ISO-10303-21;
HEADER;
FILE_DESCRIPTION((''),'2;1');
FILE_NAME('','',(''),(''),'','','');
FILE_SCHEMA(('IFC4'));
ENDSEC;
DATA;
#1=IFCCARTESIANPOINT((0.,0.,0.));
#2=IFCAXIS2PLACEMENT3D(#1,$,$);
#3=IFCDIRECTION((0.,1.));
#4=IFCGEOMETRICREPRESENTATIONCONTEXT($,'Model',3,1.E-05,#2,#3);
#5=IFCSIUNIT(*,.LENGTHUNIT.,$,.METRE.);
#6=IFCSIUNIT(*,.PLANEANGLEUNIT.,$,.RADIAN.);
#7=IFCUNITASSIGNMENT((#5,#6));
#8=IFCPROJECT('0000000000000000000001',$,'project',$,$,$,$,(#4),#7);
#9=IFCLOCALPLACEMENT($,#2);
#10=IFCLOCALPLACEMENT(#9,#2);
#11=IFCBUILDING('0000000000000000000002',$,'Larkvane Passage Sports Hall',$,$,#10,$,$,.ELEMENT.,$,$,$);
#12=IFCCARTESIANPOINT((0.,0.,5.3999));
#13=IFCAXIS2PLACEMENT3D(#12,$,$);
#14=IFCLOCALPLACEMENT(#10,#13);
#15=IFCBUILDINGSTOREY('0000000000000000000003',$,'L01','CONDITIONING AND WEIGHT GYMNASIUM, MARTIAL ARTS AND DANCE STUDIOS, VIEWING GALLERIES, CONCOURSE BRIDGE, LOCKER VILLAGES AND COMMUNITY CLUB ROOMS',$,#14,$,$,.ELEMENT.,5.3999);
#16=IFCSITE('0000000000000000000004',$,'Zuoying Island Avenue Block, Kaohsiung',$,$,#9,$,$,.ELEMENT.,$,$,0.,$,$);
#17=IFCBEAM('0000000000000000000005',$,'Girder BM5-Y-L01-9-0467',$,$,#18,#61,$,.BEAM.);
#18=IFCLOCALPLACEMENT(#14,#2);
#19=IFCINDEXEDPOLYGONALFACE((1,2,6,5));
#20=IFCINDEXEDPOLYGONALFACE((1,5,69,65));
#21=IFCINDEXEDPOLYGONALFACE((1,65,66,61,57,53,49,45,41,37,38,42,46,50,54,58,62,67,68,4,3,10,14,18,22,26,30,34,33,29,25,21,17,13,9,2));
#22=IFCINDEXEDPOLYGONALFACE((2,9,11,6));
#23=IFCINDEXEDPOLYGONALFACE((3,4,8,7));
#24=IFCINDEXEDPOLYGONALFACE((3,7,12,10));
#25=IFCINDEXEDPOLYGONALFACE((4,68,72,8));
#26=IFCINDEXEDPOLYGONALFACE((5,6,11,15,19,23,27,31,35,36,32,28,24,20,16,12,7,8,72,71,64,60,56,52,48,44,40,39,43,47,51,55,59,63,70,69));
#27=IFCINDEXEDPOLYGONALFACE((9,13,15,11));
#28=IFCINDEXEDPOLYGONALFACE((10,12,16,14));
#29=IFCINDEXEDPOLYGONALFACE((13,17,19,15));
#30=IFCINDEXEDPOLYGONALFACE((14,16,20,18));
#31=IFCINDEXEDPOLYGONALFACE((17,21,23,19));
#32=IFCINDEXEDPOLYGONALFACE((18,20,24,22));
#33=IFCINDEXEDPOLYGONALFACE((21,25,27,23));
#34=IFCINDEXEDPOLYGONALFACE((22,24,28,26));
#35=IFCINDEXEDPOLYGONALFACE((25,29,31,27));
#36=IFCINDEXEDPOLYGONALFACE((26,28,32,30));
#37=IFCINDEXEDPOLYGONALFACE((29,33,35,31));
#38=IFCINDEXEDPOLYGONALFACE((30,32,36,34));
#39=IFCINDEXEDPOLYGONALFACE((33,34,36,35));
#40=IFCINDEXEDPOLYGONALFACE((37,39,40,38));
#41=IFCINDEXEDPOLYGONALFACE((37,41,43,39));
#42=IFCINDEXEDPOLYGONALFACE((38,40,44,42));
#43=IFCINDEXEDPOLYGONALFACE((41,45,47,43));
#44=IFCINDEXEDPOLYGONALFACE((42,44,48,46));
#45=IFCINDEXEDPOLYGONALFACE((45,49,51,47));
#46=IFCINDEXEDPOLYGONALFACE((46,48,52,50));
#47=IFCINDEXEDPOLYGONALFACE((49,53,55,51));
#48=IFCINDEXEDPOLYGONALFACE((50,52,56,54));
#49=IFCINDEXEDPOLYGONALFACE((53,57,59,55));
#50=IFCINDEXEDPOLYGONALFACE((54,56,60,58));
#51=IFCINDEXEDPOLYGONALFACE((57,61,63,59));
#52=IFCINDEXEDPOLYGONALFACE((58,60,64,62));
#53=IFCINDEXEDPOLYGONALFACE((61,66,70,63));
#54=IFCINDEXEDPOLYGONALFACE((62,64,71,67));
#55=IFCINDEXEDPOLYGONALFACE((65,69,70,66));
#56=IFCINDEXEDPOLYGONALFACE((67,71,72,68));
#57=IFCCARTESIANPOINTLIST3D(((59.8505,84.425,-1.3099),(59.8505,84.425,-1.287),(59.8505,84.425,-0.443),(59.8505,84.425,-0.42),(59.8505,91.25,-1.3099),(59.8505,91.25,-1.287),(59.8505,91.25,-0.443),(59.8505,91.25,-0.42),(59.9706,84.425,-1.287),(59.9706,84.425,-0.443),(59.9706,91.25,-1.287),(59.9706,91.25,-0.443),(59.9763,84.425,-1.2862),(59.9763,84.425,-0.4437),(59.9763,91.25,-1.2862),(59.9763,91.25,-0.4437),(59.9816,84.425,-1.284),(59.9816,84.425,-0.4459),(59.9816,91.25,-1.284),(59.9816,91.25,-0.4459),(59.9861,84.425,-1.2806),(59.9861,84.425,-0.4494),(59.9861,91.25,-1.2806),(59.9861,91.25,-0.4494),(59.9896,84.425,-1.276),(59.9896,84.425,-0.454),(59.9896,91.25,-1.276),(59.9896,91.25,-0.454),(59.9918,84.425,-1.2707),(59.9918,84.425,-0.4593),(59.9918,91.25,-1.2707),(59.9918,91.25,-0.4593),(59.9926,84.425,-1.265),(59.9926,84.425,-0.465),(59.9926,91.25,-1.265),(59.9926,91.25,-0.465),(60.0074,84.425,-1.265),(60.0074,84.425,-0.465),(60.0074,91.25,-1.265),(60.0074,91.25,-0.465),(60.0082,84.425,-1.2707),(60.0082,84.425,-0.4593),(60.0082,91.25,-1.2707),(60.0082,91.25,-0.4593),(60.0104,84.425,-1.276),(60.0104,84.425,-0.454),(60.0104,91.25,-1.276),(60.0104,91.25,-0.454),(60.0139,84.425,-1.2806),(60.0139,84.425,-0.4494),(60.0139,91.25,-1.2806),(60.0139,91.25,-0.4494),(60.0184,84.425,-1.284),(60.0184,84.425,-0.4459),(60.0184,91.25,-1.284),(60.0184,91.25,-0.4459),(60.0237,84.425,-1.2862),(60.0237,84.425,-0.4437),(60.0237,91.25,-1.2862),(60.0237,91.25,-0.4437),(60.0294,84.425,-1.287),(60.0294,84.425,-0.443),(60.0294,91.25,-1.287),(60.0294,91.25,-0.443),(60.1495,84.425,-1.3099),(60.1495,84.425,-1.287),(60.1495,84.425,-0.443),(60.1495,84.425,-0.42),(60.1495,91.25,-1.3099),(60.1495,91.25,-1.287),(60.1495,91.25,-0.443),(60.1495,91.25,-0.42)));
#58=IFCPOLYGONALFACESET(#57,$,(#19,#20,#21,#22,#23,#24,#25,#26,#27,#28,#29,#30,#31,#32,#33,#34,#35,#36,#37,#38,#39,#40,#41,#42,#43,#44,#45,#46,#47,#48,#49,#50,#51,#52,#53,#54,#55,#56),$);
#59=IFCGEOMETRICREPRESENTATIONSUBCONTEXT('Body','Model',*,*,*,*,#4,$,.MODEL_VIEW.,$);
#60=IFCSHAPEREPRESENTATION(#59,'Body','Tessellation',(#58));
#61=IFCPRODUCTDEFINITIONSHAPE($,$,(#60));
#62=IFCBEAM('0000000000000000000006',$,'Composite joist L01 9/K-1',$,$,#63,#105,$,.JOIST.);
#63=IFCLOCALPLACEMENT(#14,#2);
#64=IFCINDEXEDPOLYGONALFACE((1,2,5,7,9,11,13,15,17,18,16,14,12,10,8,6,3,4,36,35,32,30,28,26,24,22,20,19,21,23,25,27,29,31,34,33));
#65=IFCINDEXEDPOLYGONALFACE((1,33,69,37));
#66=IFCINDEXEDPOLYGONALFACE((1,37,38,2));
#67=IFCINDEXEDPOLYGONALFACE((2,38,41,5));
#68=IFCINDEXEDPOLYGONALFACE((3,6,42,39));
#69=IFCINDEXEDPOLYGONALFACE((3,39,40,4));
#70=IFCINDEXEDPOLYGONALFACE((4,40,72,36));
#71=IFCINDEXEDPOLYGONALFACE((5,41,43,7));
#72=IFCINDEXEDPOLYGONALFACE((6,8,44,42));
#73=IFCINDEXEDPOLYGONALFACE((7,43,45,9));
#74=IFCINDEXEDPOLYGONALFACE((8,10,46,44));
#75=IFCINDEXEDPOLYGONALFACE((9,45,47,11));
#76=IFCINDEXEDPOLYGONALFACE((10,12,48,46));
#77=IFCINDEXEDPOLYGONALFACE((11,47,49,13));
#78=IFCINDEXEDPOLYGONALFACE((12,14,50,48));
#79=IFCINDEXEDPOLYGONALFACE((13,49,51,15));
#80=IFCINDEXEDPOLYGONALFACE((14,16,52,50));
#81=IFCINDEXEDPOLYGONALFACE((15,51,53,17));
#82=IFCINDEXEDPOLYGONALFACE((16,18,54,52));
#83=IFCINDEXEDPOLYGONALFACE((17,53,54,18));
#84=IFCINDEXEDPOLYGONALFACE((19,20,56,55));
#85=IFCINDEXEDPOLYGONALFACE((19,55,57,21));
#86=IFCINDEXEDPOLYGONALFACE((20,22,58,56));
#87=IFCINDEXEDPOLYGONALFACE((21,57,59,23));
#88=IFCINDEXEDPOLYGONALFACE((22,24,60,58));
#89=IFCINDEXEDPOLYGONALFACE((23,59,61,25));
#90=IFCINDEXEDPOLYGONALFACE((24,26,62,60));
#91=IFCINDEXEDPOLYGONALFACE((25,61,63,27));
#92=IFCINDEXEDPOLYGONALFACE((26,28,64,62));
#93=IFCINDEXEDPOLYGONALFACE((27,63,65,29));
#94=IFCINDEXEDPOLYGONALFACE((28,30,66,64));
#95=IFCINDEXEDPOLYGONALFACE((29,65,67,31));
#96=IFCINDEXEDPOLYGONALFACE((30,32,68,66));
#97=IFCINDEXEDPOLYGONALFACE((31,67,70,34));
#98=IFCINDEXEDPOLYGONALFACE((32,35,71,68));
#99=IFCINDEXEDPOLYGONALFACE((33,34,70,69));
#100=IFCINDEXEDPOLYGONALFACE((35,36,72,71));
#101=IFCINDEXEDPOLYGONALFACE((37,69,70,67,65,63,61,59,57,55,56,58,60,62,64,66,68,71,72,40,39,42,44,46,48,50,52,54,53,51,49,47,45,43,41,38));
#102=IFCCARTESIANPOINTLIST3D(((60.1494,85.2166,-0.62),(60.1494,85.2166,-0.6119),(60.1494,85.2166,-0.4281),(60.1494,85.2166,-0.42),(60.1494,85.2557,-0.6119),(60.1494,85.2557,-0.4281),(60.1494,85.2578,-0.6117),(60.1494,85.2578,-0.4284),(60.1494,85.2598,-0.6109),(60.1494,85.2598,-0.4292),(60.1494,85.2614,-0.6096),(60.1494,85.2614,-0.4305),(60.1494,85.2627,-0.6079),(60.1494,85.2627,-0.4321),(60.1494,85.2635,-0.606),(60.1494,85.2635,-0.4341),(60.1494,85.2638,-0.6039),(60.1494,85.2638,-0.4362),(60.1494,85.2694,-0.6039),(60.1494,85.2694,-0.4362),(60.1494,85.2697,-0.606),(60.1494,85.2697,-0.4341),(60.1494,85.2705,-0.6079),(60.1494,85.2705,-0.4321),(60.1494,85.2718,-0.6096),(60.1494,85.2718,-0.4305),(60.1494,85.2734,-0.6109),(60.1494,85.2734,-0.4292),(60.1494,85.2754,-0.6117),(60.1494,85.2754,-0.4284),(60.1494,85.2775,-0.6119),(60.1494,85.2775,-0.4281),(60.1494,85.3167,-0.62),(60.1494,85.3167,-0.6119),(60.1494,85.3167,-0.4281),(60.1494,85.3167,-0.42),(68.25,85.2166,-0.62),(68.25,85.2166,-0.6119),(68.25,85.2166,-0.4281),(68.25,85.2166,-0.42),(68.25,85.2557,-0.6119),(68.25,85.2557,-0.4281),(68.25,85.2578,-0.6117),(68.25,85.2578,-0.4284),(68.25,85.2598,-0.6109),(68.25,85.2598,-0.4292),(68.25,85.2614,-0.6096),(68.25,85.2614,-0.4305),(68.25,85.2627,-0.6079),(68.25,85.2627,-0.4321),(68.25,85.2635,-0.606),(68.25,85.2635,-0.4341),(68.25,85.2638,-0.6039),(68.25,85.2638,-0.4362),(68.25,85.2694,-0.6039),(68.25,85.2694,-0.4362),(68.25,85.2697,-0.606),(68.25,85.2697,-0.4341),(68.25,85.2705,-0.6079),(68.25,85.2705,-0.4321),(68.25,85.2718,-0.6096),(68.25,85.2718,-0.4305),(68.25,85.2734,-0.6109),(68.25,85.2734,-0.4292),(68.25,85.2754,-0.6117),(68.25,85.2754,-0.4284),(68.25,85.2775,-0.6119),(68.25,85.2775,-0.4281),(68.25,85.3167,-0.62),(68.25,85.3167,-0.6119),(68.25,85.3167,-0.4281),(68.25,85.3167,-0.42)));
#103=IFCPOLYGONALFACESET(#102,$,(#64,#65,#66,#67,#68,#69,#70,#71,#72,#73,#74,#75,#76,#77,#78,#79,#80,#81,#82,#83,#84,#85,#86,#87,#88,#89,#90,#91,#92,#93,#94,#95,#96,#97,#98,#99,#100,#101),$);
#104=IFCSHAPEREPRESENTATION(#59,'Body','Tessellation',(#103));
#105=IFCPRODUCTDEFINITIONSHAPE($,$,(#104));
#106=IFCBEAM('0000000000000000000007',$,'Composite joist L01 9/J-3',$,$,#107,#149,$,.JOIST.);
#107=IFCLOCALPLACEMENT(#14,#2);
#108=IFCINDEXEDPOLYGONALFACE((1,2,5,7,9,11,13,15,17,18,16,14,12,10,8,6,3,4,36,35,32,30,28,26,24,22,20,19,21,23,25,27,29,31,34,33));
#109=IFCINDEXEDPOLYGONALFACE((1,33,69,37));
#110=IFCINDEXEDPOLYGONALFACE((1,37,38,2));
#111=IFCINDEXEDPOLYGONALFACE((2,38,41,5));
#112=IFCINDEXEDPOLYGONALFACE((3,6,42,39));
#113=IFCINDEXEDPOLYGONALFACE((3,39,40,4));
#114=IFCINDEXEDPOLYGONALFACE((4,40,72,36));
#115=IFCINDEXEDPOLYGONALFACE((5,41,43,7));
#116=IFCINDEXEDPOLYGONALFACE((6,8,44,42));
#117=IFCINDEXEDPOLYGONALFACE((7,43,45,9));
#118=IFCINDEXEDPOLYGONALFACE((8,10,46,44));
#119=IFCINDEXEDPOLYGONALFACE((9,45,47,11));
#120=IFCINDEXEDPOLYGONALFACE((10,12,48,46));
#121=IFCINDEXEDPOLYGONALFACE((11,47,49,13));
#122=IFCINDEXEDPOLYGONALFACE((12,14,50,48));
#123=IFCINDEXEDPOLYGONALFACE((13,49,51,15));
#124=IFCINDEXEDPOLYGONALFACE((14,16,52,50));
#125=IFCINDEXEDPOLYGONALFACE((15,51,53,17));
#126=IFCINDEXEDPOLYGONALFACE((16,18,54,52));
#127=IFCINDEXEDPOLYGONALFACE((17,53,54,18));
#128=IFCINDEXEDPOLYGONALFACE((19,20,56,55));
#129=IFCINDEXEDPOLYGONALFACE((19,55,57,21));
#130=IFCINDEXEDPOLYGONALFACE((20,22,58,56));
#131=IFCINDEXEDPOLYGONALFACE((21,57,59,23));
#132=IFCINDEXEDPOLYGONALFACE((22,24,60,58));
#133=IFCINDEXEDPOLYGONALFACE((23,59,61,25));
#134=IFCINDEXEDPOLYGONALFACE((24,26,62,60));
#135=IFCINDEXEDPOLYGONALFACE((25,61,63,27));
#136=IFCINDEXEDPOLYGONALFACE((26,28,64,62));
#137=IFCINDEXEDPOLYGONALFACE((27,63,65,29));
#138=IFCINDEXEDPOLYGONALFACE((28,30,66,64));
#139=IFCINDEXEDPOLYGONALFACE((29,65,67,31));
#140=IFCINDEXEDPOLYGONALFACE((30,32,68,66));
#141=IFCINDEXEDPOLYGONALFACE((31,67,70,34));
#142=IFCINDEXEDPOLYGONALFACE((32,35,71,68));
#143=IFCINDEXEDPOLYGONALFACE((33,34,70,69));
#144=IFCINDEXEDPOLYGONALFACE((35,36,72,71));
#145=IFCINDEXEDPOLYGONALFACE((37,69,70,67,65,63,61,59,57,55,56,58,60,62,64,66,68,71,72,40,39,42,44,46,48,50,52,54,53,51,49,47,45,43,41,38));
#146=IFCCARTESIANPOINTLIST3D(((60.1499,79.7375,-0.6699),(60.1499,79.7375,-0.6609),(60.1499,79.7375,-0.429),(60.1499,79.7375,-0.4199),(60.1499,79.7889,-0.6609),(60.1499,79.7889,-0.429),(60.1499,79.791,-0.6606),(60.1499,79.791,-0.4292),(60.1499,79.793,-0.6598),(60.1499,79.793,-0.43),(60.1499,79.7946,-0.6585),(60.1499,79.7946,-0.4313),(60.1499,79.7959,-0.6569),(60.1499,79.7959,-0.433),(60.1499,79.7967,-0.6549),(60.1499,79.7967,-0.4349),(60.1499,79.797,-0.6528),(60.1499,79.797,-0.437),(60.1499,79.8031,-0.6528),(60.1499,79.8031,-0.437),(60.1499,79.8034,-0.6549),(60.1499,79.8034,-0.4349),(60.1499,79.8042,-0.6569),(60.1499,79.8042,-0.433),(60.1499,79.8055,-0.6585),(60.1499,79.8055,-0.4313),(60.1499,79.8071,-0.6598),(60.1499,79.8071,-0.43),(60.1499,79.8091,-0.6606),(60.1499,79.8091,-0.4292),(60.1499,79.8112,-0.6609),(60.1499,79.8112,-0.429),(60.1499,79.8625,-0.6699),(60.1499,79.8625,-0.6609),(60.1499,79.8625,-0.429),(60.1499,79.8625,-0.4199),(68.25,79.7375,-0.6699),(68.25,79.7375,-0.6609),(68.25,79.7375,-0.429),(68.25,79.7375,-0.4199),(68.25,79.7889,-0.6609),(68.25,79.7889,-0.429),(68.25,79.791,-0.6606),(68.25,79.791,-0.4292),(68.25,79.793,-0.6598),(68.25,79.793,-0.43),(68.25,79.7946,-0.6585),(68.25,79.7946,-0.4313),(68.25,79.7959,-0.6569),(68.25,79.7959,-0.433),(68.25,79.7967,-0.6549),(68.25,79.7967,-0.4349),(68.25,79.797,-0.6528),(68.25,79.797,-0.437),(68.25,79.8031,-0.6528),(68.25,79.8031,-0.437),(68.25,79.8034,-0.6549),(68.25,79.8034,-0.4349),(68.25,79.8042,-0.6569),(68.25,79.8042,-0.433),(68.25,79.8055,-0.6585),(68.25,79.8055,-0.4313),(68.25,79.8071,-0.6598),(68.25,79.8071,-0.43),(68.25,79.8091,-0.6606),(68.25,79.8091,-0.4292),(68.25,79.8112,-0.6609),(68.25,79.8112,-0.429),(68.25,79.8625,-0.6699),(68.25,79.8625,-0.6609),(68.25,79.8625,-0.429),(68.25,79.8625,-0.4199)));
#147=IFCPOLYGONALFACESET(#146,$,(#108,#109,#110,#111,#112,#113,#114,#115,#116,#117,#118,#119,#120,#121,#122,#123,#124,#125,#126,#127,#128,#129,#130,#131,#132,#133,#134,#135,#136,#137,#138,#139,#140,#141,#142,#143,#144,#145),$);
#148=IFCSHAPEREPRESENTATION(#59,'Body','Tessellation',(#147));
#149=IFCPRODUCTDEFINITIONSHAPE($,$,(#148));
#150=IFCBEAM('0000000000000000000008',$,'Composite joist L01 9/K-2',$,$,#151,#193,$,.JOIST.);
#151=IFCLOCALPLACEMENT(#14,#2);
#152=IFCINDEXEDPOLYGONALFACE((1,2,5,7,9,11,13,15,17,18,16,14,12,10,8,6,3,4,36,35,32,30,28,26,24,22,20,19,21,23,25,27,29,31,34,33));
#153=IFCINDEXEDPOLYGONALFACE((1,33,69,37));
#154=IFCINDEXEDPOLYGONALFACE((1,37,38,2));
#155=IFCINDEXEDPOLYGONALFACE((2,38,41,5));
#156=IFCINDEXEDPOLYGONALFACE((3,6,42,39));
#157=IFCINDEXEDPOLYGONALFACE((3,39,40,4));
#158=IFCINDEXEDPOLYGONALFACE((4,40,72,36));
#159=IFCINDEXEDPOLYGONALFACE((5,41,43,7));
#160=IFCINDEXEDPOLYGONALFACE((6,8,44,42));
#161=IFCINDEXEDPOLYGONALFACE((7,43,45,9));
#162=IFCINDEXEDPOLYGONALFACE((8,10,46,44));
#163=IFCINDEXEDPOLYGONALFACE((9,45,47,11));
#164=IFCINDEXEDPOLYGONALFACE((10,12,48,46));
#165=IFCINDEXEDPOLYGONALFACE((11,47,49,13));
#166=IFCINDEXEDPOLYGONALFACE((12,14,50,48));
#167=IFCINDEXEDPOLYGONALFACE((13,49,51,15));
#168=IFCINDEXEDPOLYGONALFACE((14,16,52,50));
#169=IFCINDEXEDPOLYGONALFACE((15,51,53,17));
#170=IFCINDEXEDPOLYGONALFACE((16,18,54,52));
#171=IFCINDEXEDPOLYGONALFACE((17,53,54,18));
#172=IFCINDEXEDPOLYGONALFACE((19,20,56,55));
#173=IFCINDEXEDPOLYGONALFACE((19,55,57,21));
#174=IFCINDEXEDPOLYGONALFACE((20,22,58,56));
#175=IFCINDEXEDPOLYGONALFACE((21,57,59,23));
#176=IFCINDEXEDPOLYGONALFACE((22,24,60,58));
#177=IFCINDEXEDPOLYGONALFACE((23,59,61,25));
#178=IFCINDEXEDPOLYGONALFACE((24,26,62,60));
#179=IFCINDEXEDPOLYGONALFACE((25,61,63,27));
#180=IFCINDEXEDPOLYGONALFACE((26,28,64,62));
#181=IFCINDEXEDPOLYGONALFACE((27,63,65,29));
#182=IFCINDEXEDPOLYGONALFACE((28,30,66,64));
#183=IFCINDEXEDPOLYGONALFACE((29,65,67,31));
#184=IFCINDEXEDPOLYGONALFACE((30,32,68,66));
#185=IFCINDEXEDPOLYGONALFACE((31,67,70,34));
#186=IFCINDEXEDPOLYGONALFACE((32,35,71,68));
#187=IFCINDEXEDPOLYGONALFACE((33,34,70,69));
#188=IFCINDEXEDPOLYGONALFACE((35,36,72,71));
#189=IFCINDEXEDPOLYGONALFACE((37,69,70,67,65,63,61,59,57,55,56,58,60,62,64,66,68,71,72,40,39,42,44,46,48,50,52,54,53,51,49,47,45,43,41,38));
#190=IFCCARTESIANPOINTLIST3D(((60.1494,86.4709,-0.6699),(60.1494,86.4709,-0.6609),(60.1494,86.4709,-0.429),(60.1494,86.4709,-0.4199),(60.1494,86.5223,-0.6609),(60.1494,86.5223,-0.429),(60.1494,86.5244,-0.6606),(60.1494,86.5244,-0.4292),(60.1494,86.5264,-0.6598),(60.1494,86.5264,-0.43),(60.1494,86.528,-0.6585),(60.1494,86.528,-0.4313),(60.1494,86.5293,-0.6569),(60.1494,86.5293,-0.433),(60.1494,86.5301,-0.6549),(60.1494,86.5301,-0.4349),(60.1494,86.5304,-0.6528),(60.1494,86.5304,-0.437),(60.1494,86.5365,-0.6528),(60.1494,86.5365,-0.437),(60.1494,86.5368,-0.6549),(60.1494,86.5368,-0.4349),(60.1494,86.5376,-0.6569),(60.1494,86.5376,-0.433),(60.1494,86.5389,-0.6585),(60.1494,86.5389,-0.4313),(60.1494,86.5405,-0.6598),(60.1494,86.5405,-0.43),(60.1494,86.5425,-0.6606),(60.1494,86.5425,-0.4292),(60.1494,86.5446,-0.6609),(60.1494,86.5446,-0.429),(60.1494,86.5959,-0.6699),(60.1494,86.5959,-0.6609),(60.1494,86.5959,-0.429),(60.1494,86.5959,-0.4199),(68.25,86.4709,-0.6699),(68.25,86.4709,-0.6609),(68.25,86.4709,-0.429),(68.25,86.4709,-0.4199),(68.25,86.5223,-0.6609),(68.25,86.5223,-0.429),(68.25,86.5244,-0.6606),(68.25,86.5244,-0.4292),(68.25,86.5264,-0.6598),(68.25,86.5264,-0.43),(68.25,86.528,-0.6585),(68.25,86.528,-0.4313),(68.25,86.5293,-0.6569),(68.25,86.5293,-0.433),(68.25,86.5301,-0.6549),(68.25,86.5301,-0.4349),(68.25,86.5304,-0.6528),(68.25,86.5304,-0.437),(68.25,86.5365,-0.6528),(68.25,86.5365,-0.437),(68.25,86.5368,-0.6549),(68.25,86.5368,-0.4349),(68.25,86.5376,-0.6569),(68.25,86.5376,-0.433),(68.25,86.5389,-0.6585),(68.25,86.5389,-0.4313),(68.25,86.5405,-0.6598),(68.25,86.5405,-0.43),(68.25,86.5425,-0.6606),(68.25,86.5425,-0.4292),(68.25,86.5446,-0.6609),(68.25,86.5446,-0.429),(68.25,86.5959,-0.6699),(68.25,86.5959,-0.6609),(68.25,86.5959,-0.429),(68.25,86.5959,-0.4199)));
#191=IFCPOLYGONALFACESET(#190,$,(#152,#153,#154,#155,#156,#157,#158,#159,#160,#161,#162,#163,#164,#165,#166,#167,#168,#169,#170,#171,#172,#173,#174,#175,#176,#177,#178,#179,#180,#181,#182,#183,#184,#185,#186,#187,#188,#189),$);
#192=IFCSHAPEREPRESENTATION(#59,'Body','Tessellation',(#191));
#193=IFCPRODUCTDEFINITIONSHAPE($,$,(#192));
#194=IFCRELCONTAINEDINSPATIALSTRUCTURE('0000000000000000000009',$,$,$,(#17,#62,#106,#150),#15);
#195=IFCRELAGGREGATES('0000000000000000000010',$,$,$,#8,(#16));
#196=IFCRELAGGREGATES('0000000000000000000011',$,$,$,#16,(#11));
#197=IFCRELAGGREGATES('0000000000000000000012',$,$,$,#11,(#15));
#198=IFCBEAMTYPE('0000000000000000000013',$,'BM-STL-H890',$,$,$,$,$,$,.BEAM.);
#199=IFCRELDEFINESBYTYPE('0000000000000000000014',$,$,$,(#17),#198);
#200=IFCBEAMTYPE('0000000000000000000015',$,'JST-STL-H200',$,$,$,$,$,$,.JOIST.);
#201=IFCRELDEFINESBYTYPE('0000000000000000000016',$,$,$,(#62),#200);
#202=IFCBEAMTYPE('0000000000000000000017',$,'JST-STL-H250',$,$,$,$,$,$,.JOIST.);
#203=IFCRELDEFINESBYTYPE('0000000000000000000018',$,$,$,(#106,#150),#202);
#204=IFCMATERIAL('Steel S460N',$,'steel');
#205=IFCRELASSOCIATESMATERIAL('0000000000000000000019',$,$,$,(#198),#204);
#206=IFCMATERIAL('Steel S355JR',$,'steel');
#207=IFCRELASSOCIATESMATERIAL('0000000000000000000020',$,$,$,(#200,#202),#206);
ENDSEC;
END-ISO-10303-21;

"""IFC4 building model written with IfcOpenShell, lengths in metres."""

from ifc_helpers import new_model, si_unit, direction, frame, origin, origin_2d, place, context, subcontext, project, spatial, i_section, extrude, material, material_profile, profile_set, type_object, element, save


model = new_model("IFC4")

# Units and contexts
model_context = context("Model", 3, precision=1e-05, world=origin(), true_north=direction((0.0, 1.0)))
body_context = subcontext(model_context, "Body", "Model", "MODEL_VIEW")
ifc_project = project(units=[si_unit("LENGTHUNIT", "METRE"), si_unit("PLANEANGLEUNIT", "RADIAN")], contexts=[model_context])

# Site, building, storey
site_placement = place(None, origin())
site = spatial("IfcSite", under=ifc_project, at=site_placement, Name="Zuoying Island Avenue Block, Kaohsiung", CompositionType="ELEMENT", RefElevation=0.0)
building_placement = place(site_placement, origin())
building = spatial("IfcBuilding", under=site, at=building_placement, Name="Larkvane Passage Sports Hall", CompositionType="ELEMENT")
storey_placement = place(building_placement, frame((0.0, 0.0, 5.3999)))
storey = spatial("IfcBuildingStorey", under=building, at=storey_placement, Name="L01", Description="CONDITIONING AND WEIGHT GYMNASIUM, MARTIAL ARTS AND DANCE STUDIOS, VIEWING GALLERIES, CONCOURSE BRIDGE, LOCKER VILLAGES AND COMMUNITY CLUB ROOMS", CompositionType="ELEMENT", Elevation=5.3999)

# Shared definitions
ifc_material_1 = material(Name="Steel S460N", Category="steel")
ifc_material_2 = material(Name="Steel S355JR", Category="steel")

# Beams
ifc_material_profile_1 = material_profile(ifc_material_1, i_section(OverallWidth=0.2991, OverallDepth=0.8899, WebThickness=0.0149, FlangeThickness=0.0229, FilletRadius=0.022, at=origin_2d()), Name="H-890x299x15x23")
ifc_profile_set_1 = profile_set([ifc_material_profile_1], Name="Steel S460N")
beam_type_1 = type_object("IfcBeamType", Name="BM-STL-H890", PredefinedType="BEAM", material=ifc_profile_set_1)
beam_1_placement = place(storey_placement, frame((60.0, 84.425, -0.865), z_axis=(0.0, 1.0, 0.0), x_axis=(-1.0, 0.0, 0.0)))
element("IfcBeam", 1, at=beam_1_placement, inside=storey, type_object=beam_type_1, Name="Girder BM5-Y-L01-9-0467", PredefinedType="BEAM", context=body_context, shape_type="SweptSolid", body=[
    extrude(i_section(OverallWidth=0.2991, OverallDepth=0.8899, WebThickness=0.0149, FlangeThickness=0.0229, FilletRadius=0.022, at=origin_2d()), origin(), (0.0, 0.0, 1.0), 6.825),
])
ifc_material_profile_2 = material_profile(ifc_material_2, i_section(OverallWidth=0.1001, OverallDepth=0.2, WebThickness=0.0056, FlangeThickness=0.0081, FilletRadius=0.0081, at=origin_2d()), Name="H-200x100x5.5x8")
ifc_profile_set_2 = profile_set([ifc_material_profile_2], Name="Steel S355JR")
beam_type_2 = type_object("IfcBeamType", Name="JST-STL-H200", PredefinedType="JOIST", material=ifc_profile_set_2)
beam_2_placement = place(storey_placement, frame((60.1494, 85.2666, -0.52), z_axis=(1.0, 0.0, 0.0), x_axis=(0.0, 1.0, 0.0)))
element("IfcBeam", 2, at=beam_2_placement, inside=storey, type_object=beam_type_2, Name="Composite joist L01 9/K-1", PredefinedType="JOIST", context=body_context, shape_type="SweptSolid", body=[
    extrude(i_section(OverallWidth=0.1001, OverallDepth=0.2, WebThickness=0.0056, FlangeThickness=0.0081, FilletRadius=0.0081, at=origin_2d()), origin(), (0.0, 0.0, 1.0), 8.1006),
])
ifc_material_profile_3 = material_profile(ifc_material_2, i_section(OverallWidth=0.125, OverallDepth=0.25, WebThickness=0.0061, FlangeThickness=0.009, FilletRadius=0.0081, at=origin_2d()), Name="H-250x125x6x9")
ifc_profile_set_3 = profile_set([ifc_material_profile_3], Name="Steel S355JR")
beam_type_3 = type_object("IfcBeamType", Name="JST-STL-H250", PredefinedType="JOIST", material=ifc_profile_set_3)
beam_3_placement = place(storey_placement, frame((60.1499, 79.8, -0.5449), z_axis=(1.0, 0.0, 0.0), x_axis=(0.0, 1.0, 0.0)))
element("IfcBeam", 3, at=beam_3_placement, inside=storey, type_object=beam_type_3, Name="Composite joist L01 9/J-3", PredefinedType="JOIST", context=body_context, shape_type="SweptSolid", body=[
    extrude(i_section(OverallWidth=0.125, OverallDepth=0.25, WebThickness=0.0061, FlangeThickness=0.009, FilletRadius=0.0081, at=origin_2d()), origin(), (0.0, 0.0, 1.0), 8.1001),
])
beam_4_placement = place(storey_placement, frame((60.1494, 86.5334, -0.5449), z_axis=(1.0, 0.0, 0.0), x_axis=(0.0, 1.0, 0.0)))
element("IfcBeam", 4, at=beam_4_placement, inside=storey, type_object=beam_type_3, Name="Composite joist L01 9/K-2", PredefinedType="JOIST", context=body_context, shape_type="SweptSolid", body=[
    extrude(i_section(OverallWidth=0.125, OverallDepth=0.25, WebThickness=0.0061, FlangeThickness=0.009, FilletRadius=0.0081, at=origin_2d()), origin(), (0.0, 0.0, 1.0), 8.1006),
])

save(model, "model.ifc")
